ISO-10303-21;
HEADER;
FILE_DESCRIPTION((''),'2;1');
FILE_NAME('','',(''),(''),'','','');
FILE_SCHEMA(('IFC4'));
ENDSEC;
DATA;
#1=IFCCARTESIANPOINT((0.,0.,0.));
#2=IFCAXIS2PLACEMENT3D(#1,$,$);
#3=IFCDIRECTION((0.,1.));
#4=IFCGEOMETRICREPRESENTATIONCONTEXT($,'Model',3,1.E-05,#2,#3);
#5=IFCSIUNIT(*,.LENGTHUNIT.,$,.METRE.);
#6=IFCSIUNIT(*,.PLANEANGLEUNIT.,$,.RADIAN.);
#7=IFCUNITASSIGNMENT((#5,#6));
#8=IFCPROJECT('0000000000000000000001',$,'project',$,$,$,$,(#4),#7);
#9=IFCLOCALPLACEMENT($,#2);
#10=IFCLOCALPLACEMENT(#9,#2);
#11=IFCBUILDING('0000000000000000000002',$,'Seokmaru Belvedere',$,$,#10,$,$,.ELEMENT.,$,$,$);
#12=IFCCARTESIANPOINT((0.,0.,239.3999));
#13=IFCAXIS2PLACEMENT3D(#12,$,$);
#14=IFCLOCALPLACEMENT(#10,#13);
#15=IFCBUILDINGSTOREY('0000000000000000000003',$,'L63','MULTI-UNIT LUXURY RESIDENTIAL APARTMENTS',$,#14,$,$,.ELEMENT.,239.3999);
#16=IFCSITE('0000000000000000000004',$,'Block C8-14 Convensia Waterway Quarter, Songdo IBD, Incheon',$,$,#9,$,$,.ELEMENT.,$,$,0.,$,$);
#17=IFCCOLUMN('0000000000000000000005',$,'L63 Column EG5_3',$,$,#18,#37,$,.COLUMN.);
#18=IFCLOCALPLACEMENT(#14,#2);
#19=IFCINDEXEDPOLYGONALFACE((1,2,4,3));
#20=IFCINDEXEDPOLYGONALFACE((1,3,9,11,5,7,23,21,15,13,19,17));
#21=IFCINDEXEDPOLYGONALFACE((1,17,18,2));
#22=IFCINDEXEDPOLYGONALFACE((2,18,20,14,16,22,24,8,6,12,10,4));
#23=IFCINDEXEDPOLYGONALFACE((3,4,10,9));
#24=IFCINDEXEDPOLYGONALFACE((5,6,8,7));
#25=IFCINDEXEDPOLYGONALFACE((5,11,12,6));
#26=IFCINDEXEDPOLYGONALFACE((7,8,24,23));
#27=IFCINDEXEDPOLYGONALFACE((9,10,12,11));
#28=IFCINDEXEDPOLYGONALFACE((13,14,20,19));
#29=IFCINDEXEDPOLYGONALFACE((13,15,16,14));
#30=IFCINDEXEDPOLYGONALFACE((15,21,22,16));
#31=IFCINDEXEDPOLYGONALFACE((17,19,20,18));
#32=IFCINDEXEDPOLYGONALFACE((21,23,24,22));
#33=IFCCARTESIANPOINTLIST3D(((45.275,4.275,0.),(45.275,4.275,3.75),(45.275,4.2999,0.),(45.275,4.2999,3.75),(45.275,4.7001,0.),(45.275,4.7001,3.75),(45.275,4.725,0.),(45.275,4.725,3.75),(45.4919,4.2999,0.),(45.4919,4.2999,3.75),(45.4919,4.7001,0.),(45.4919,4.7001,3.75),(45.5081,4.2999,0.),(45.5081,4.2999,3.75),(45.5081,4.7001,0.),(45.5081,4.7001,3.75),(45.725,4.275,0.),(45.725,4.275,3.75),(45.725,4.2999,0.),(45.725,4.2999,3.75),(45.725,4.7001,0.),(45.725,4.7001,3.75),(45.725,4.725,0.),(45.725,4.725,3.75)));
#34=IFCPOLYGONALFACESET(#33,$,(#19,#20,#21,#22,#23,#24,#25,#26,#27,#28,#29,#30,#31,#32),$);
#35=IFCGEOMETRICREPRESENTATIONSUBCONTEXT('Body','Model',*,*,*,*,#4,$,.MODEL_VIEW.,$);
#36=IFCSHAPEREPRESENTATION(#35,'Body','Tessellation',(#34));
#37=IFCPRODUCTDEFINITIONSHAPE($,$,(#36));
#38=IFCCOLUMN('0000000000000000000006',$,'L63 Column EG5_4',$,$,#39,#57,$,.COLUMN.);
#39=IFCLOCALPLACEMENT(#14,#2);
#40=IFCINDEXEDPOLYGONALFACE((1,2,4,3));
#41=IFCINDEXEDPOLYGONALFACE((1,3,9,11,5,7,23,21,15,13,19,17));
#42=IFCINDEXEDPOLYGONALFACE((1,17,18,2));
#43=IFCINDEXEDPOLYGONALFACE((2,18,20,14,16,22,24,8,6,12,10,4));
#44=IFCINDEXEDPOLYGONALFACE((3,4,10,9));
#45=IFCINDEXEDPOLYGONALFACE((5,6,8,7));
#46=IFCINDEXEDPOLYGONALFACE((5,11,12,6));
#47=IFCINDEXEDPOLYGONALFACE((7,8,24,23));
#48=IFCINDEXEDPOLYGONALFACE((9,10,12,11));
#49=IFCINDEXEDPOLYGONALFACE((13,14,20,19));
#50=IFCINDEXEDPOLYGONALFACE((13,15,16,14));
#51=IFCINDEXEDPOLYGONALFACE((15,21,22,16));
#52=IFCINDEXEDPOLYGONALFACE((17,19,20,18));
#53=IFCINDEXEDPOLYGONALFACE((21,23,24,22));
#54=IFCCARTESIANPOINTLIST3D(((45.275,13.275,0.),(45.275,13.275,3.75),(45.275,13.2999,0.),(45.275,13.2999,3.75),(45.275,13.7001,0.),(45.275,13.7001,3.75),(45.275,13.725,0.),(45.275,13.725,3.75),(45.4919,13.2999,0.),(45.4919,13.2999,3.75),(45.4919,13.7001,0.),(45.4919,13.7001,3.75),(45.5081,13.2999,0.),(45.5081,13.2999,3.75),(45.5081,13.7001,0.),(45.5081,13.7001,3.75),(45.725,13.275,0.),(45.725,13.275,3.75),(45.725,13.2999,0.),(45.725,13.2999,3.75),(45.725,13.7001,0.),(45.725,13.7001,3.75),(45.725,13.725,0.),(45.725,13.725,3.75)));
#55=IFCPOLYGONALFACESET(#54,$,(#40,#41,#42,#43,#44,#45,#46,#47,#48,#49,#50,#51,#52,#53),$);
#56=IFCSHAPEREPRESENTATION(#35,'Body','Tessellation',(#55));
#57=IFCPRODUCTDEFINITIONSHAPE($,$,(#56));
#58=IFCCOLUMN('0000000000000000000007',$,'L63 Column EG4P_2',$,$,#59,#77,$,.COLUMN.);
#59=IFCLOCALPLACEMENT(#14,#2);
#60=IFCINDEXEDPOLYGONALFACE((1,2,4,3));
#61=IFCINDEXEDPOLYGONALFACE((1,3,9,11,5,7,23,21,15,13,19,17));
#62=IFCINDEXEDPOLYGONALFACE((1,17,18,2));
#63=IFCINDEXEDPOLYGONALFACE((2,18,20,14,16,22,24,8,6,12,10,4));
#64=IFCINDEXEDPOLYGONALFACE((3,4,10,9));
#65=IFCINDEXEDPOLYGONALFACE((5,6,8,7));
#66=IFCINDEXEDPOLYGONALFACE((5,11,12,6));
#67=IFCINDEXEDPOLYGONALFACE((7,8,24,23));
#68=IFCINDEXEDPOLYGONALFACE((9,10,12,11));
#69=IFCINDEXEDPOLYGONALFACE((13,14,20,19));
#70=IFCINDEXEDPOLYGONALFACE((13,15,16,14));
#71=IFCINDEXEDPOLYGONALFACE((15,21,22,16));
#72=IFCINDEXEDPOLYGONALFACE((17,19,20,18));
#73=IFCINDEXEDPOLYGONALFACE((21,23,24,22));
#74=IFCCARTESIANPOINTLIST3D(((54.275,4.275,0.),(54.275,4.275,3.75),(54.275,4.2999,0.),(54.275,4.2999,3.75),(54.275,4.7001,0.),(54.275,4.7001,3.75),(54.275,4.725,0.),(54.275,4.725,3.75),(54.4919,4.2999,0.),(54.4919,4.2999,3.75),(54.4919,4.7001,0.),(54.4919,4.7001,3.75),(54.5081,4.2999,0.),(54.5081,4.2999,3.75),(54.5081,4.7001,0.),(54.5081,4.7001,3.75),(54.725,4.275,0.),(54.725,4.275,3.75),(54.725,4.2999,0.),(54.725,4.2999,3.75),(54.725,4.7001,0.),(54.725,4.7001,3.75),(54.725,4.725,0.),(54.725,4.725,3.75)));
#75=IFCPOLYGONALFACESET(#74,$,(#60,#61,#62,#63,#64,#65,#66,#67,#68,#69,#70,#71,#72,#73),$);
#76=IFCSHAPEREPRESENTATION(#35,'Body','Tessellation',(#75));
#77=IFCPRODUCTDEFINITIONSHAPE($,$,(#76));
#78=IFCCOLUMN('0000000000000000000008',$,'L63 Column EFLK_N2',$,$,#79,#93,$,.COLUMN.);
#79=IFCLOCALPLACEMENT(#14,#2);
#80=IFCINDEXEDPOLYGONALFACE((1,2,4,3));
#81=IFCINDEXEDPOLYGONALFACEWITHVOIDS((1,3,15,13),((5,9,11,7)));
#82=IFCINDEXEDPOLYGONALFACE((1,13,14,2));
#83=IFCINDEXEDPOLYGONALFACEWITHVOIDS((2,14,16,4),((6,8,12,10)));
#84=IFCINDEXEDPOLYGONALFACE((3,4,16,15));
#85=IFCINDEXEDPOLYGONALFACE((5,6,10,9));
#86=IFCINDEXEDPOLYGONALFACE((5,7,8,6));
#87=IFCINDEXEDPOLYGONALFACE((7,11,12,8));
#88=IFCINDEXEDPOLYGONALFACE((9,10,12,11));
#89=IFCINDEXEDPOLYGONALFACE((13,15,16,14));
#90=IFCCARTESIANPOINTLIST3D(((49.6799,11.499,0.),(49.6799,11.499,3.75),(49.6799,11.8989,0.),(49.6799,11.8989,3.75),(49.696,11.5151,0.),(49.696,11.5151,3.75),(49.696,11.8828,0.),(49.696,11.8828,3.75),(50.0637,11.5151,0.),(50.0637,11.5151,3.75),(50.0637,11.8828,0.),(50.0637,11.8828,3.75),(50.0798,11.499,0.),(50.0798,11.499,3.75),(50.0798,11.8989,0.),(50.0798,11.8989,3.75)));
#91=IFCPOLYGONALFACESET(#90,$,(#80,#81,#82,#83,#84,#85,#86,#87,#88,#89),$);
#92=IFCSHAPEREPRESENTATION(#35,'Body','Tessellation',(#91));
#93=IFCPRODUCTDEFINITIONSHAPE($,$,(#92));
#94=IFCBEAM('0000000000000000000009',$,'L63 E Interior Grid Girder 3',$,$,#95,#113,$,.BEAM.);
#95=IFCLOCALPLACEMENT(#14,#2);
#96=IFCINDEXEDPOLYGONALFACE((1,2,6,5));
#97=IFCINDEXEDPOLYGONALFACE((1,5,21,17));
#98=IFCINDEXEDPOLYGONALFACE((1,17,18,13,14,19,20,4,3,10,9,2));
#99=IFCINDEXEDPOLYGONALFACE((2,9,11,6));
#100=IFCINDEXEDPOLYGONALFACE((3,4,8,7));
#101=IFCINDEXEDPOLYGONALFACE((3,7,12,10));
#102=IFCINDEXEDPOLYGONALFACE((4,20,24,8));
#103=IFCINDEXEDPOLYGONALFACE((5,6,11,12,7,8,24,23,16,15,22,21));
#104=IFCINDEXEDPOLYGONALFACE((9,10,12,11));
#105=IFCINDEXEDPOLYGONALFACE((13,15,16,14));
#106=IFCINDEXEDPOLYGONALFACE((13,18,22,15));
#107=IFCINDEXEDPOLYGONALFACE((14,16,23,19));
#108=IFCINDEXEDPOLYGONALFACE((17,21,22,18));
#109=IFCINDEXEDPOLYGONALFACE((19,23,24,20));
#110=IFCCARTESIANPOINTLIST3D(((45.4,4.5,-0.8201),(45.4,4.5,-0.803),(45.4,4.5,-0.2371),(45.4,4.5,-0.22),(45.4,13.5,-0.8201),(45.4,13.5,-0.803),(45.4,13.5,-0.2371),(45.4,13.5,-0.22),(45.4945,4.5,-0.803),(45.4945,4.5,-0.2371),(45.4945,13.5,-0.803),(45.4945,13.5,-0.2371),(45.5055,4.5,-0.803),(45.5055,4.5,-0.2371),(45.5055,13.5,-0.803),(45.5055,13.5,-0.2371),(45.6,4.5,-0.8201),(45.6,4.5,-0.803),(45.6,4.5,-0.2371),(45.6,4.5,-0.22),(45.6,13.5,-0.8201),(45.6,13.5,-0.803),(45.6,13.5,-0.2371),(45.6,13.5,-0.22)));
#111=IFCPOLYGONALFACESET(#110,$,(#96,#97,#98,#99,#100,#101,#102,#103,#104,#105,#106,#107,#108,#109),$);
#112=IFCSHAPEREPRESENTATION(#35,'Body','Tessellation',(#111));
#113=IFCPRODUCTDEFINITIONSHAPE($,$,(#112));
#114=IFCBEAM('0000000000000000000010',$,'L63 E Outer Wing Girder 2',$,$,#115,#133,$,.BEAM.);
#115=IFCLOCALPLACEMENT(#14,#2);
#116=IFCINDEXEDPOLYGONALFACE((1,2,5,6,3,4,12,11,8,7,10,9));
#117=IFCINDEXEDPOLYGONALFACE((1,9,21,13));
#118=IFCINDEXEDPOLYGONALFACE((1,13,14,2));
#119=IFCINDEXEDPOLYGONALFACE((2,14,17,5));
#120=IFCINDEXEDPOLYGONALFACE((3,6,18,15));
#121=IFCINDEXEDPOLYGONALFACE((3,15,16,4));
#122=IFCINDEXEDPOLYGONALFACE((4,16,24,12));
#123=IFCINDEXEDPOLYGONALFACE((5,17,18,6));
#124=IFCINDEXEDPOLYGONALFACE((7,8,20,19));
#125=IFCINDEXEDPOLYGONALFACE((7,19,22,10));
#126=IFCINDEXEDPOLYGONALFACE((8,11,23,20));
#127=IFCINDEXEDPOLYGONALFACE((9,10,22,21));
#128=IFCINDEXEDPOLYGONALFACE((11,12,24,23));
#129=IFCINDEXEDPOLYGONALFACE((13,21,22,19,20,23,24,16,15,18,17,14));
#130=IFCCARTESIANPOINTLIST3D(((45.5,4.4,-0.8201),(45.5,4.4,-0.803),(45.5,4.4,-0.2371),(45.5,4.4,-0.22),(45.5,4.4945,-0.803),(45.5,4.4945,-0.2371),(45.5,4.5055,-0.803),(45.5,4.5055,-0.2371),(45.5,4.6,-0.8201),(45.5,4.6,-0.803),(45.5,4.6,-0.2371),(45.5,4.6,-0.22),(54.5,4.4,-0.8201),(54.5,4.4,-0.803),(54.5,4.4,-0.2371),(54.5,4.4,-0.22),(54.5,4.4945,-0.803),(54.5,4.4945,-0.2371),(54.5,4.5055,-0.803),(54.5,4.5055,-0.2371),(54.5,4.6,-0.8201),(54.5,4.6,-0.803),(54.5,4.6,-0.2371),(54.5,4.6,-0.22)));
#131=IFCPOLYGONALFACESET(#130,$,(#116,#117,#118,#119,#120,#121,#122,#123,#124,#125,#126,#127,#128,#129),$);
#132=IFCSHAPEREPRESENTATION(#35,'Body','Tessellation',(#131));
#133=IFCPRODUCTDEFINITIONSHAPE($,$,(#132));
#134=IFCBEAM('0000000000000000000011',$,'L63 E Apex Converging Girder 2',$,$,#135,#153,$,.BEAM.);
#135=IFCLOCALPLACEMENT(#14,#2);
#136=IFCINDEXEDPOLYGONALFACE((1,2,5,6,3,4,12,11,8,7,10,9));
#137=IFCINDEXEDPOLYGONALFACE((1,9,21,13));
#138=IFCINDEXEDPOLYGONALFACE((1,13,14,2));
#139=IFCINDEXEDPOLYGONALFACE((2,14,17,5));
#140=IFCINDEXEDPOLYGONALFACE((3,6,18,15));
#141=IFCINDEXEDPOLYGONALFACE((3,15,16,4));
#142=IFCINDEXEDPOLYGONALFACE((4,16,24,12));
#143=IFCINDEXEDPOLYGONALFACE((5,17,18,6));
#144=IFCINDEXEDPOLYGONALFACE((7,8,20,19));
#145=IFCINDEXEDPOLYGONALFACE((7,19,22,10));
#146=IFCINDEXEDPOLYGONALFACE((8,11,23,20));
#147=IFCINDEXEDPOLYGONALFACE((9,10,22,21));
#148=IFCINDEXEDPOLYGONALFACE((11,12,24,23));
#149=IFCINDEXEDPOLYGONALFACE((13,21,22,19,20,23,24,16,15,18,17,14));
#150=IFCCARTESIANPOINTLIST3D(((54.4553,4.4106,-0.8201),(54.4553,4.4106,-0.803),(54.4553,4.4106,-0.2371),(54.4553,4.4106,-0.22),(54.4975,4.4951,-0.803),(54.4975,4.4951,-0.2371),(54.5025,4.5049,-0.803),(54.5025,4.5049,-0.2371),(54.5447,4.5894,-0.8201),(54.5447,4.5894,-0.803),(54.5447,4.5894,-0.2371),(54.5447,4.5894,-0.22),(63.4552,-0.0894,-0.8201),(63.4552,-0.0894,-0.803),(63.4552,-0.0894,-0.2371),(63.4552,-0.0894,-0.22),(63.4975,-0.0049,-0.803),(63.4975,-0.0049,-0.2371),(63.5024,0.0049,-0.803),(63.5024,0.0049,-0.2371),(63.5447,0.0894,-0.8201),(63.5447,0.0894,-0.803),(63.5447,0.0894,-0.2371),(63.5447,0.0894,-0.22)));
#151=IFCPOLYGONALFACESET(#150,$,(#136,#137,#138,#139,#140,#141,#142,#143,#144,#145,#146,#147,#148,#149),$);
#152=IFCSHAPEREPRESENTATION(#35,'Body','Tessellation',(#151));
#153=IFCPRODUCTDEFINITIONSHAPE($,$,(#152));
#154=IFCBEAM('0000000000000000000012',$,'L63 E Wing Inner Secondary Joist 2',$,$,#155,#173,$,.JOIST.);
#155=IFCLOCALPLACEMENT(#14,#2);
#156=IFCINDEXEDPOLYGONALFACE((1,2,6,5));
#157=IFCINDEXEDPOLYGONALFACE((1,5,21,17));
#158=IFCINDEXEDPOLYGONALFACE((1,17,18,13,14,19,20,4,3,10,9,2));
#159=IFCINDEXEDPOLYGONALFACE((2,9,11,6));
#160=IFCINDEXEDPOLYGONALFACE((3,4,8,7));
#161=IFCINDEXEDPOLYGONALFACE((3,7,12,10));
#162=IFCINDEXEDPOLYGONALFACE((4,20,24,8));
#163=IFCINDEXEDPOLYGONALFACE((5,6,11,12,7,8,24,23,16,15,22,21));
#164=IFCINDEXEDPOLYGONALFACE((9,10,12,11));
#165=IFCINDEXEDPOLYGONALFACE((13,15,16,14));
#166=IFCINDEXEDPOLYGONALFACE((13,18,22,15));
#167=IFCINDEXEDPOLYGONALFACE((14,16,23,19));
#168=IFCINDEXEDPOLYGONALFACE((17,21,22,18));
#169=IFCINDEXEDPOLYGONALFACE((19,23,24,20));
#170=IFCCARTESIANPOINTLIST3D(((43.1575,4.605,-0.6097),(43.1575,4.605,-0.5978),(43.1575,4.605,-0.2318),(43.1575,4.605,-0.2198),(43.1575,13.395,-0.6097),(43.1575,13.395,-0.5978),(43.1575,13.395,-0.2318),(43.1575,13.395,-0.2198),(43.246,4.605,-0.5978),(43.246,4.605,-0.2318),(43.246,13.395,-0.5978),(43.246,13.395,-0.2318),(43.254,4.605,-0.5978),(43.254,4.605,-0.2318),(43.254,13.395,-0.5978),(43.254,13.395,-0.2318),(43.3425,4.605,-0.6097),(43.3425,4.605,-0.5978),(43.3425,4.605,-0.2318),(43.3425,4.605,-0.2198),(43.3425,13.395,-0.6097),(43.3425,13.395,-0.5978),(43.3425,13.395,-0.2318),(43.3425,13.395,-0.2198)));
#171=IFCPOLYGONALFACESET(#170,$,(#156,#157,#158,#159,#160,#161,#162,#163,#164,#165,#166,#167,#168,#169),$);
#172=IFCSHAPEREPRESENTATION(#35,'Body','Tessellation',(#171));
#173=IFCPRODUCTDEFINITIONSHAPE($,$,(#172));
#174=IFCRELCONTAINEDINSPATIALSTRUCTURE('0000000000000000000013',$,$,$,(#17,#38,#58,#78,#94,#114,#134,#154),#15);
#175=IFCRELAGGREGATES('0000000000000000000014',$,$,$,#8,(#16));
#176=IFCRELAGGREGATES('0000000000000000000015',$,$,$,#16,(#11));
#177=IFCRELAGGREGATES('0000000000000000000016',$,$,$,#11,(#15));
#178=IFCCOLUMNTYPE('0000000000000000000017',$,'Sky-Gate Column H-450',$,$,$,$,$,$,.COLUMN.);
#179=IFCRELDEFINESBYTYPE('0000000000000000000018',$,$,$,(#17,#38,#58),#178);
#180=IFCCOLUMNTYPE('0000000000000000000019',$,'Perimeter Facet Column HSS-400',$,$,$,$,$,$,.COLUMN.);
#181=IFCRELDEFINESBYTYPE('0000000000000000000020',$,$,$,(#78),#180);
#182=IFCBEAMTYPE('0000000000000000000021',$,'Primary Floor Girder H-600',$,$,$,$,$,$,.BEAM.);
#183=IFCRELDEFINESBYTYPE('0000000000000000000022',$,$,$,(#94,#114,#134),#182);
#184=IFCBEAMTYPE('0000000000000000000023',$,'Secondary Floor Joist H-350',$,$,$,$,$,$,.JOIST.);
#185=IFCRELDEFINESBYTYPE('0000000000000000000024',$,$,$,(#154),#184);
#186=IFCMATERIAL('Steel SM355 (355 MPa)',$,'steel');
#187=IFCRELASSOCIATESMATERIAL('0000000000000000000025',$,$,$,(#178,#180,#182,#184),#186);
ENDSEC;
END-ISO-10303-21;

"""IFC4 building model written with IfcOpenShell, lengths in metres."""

from ifc_helpers import new_model, si_unit, direction, frame, origin, origin_2d, place, context, subcontext, project, spatial, hollow_rectangle, i_section, extrude, source, transform, mapped, material, material_profile, profile_set, type_object, type_shapes, element, save


model = new_model("IFC4")

# Units and contexts
model_context = context("Model", 3, precision=1e-05, world=origin(), true_north=direction((0.0, 1.0)))
body_context = subcontext(model_context, "Body", "Model", "MODEL_VIEW")
ifc_project = project(units=[si_unit("LENGTHUNIT", "METRE"), si_unit("PLANEANGLEUNIT", "RADIAN")], contexts=[model_context])

# Site, building, storey
site_placement = place(None, origin())
site = spatial("IfcSite", under=ifc_project, at=site_placement, Name="Block C8-14 Convensia Waterway Quarter, Songdo IBD, Incheon", CompositionType="ELEMENT", RefElevation=0.0)
building_placement = place(site_placement, origin())
building = spatial("IfcBuilding", under=site, at=building_placement, Name="Seokmaru Belvedere", CompositionType="ELEMENT")
storey_placement = place(building_placement, frame((0.0, 0.0, 239.3999)))
storey = spatial("IfcBuildingStorey", under=building, at=storey_placement, Name="L63", Description="MULTI-UNIT LUXURY RESIDENTIAL APARTMENTS", CompositionType="ELEMENT", Elevation=239.3999)

# Columns
ifc_material_1 = material(Name="Steel SM355 (355 MPa)", Category="steel")
ifc_material_profile_1 = material_profile(ifc_material_1, i_section(OverallWidth=0.45, OverallDepth=0.45, WebThickness=0.0161, FlangeThickness=0.0249, at=origin_2d()), Name="H-450x450x16x25")
ifc_profile_set_1 = profile_set([ifc_material_profile_1], Name="Steel SM355 (355 MPa)")
column_type_1 = type_object("IfcColumnType", Name="Sky-Gate Column H-450", PredefinedType="COLUMN", material=ifc_profile_set_1)
shared_shape_1 = source(origin(), body_context, "Body", "SweptSolid", [
    extrude(i_section(OverallWidth=0.45, OverallDepth=0.45, WebThickness=0.0161, FlangeThickness=0.0249, at=origin_2d()), origin(), (0.0, 0.0, 1.0), 3.75),
])
type_shapes(column_type_1, [shared_shape_1])
for number, where, z_axis, x_axis, name in (
    (1, (45.5, 4.5, 0.0), (0.0, 0.0, 1.0), (1.0, 0.0, 0.0), "L63 Column EG5_3"),
    (2, (45.5, 13.5, 0.0), (0.0, 0.0, 1.0), (1.0, 0.0, 0.0), "L63 Column EG5_4"),
    (3, (54.5, 4.5, 0.0), (0.0, 0.0, 1.0), (1.0, 0.0, 0.0), "L63 Column EG4P_2"),
):
    element("IfcColumn", number, at=place(storey_placement, frame(where, z_axis=z_axis, x_axis=x_axis)), inside=storey, type_object=column_type_1, Name=name, PredefinedType="COLUMN", context=body_context, shape_type="MappedRepresentation", body=[
        mapped(shared_shape_1, transform((0.0, 0.0, 0.0), scale=1.0)),
    ])
ifc_material_profile_2 = material_profile(ifc_material_1, hollow_rectangle(XDim=0.3999, YDim=0.3999, WallThickness=0.0161, at=origin_2d()), Name="HSS-400x400x16")
ifc_profile_set_2 = profile_set([ifc_material_profile_2], Name="Steel SM355 (355 MPa)")
column_type_2 = type_object("IfcColumnType", Name="Perimeter Facet Column HSS-400", PredefinedType="COLUMN", material=ifc_profile_set_2)
shared_shape_2 = source(origin(), body_context, "Body", "SweptSolid", [
    extrude(hollow_rectangle(XDim=0.3999, YDim=0.3999, WallThickness=0.0161, at=origin_2d()), origin(), (0.0, 0.0, 1.0), 3.75),
])
type_shapes(column_type_2, [shared_shape_2])
column_placement = place(storey_placement, frame((49.8799, 11.699, 0.0), z_axis=(0.0, 0.0, 1.0), x_axis=(1.0, 0.0, 0.0)))
element("IfcColumn", 4, at=column_placement, inside=storey, type_object=column_type_2, Name="L63 Column EFLK_N2", PredefinedType="COLUMN", context=body_context, shape_type="MappedRepresentation", body=[
    mapped(shared_shape_2, transform((0.0, 0.0, 0.0), scale=1.0)),
])

# Beams
ifc_material_profile_3 = material_profile(ifc_material_1, i_section(OverallWidth=0.2, OverallDepth=0.6001, WebThickness=0.011, FlangeThickness=0.0171, at=origin_2d()), Name="H-600x200x11x17")
ifc_profile_set_3 = profile_set([ifc_material_profile_3], Name="Steel SM355 (355 MPa)")
beam_type_1 = type_object("IfcBeamType", Name="Primary Floor Girder H-600", PredefinedType="BEAM", material=ifc_profile_set_3)
shared_shape_3 = source(origin(), body_context, "Body", "SweptSolid", [
    extrude(i_section(OverallWidth=0.2, OverallDepth=0.6001, WebThickness=0.011, FlangeThickness=0.0171, at=origin_2d()), origin(), (0.0, 0.0, 1.0), 9.0),
])
for number, where, z_axis, x_axis, name in (
    (5, (45.5, 4.5, -0.52), (0.0, 1.0, 0.0), (-1.0, 0.0, 0.0), "L63 E Interior Grid Girder 3"),
    (6, (45.5, 4.5, -0.52), (1.0, 0.0, 0.0), (0.0, 1.0, 0.0), "L63 E Outer Wing Girder 2"),
):
    element("IfcBeam", number, at=place(storey_placement, frame(where, z_axis=z_axis, x_axis=x_axis)), inside=storey, type_object=beam_type_1, Name=name, PredefinedType="BEAM", context=body_context, shape_type="MappedRepresentation", body=[
        mapped(shared_shape_3, transform((0.0, 0.0, 0.0), scale=1.0)),
    ])
shared_shape_4 = source(origin(), body_context, "Body", "SweptSolid", [
    extrude(i_section(OverallWidth=0.2, OverallDepth=0.6001, WebThickness=0.011, FlangeThickness=0.0171, at=origin_2d()), origin(), (0.0, 0.0, 1.0), 10.0623),
])
beam_1_placement = place(storey_placement, frame((54.5, 4.5, -0.52), z_axis=(0.894427, -0.447214, 0.0), x_axis=(0.447214, 0.894427, 0.0)))
element("IfcBeam", 7, at=beam_1_placement, inside=storey, type_object=beam_type_1, Name="L63 E Apex Converging Girder 2", PredefinedType="BEAM", context=body_context, shape_type="MappedRepresentation", body=[
    mapped(shared_shape_4, transform((0.0, 0.0, 0.0), scale=1.0)),
])
ifc_material_profile_4 = material_profile(ifc_material_1, i_section(OverallWidth=0.1851, OverallDepth=0.3899, WebThickness=0.0081, FlangeThickness=0.012, at=origin_2d()), Name="H-390x185x8x12")
ifc_profile_set_4 = profile_set([ifc_material_profile_4], Name="Steel SM355 (355 MPa)")
beam_type_2 = type_object("IfcBeamType", Name="Secondary Floor Joist H-350", PredefinedType="JOIST", material=ifc_profile_set_4)
shared_shape_5 = source(origin(), body_context, "Body", "SweptSolid", [
    extrude(i_section(OverallWidth=0.1851, OverallDepth=0.3899, WebThickness=0.0081, FlangeThickness=0.012, at=origin_2d()), origin(), (0.0, 0.0, 1.0), 8.79),
])
type_shapes(beam_type_2, [shared_shape_5])
beam_2_placement = place(storey_placement, frame((43.25, 4.605, -0.4148), z_axis=(0.0, 1.0, 0.0), x_axis=(-1.0, 0.0, 0.0)))
element("IfcBeam", 8, at=beam_2_placement, inside=storey, type_object=beam_type_2, Name="L63 E Wing Inner Secondary Joist 2", PredefinedType="JOIST", context=body_context, shape_type="MappedRepresentation", body=[
    mapped(shared_shape_5, transform((0.0, 0.0, 0.0), scale=1.0)),
])

save(model, "model.ifc")
